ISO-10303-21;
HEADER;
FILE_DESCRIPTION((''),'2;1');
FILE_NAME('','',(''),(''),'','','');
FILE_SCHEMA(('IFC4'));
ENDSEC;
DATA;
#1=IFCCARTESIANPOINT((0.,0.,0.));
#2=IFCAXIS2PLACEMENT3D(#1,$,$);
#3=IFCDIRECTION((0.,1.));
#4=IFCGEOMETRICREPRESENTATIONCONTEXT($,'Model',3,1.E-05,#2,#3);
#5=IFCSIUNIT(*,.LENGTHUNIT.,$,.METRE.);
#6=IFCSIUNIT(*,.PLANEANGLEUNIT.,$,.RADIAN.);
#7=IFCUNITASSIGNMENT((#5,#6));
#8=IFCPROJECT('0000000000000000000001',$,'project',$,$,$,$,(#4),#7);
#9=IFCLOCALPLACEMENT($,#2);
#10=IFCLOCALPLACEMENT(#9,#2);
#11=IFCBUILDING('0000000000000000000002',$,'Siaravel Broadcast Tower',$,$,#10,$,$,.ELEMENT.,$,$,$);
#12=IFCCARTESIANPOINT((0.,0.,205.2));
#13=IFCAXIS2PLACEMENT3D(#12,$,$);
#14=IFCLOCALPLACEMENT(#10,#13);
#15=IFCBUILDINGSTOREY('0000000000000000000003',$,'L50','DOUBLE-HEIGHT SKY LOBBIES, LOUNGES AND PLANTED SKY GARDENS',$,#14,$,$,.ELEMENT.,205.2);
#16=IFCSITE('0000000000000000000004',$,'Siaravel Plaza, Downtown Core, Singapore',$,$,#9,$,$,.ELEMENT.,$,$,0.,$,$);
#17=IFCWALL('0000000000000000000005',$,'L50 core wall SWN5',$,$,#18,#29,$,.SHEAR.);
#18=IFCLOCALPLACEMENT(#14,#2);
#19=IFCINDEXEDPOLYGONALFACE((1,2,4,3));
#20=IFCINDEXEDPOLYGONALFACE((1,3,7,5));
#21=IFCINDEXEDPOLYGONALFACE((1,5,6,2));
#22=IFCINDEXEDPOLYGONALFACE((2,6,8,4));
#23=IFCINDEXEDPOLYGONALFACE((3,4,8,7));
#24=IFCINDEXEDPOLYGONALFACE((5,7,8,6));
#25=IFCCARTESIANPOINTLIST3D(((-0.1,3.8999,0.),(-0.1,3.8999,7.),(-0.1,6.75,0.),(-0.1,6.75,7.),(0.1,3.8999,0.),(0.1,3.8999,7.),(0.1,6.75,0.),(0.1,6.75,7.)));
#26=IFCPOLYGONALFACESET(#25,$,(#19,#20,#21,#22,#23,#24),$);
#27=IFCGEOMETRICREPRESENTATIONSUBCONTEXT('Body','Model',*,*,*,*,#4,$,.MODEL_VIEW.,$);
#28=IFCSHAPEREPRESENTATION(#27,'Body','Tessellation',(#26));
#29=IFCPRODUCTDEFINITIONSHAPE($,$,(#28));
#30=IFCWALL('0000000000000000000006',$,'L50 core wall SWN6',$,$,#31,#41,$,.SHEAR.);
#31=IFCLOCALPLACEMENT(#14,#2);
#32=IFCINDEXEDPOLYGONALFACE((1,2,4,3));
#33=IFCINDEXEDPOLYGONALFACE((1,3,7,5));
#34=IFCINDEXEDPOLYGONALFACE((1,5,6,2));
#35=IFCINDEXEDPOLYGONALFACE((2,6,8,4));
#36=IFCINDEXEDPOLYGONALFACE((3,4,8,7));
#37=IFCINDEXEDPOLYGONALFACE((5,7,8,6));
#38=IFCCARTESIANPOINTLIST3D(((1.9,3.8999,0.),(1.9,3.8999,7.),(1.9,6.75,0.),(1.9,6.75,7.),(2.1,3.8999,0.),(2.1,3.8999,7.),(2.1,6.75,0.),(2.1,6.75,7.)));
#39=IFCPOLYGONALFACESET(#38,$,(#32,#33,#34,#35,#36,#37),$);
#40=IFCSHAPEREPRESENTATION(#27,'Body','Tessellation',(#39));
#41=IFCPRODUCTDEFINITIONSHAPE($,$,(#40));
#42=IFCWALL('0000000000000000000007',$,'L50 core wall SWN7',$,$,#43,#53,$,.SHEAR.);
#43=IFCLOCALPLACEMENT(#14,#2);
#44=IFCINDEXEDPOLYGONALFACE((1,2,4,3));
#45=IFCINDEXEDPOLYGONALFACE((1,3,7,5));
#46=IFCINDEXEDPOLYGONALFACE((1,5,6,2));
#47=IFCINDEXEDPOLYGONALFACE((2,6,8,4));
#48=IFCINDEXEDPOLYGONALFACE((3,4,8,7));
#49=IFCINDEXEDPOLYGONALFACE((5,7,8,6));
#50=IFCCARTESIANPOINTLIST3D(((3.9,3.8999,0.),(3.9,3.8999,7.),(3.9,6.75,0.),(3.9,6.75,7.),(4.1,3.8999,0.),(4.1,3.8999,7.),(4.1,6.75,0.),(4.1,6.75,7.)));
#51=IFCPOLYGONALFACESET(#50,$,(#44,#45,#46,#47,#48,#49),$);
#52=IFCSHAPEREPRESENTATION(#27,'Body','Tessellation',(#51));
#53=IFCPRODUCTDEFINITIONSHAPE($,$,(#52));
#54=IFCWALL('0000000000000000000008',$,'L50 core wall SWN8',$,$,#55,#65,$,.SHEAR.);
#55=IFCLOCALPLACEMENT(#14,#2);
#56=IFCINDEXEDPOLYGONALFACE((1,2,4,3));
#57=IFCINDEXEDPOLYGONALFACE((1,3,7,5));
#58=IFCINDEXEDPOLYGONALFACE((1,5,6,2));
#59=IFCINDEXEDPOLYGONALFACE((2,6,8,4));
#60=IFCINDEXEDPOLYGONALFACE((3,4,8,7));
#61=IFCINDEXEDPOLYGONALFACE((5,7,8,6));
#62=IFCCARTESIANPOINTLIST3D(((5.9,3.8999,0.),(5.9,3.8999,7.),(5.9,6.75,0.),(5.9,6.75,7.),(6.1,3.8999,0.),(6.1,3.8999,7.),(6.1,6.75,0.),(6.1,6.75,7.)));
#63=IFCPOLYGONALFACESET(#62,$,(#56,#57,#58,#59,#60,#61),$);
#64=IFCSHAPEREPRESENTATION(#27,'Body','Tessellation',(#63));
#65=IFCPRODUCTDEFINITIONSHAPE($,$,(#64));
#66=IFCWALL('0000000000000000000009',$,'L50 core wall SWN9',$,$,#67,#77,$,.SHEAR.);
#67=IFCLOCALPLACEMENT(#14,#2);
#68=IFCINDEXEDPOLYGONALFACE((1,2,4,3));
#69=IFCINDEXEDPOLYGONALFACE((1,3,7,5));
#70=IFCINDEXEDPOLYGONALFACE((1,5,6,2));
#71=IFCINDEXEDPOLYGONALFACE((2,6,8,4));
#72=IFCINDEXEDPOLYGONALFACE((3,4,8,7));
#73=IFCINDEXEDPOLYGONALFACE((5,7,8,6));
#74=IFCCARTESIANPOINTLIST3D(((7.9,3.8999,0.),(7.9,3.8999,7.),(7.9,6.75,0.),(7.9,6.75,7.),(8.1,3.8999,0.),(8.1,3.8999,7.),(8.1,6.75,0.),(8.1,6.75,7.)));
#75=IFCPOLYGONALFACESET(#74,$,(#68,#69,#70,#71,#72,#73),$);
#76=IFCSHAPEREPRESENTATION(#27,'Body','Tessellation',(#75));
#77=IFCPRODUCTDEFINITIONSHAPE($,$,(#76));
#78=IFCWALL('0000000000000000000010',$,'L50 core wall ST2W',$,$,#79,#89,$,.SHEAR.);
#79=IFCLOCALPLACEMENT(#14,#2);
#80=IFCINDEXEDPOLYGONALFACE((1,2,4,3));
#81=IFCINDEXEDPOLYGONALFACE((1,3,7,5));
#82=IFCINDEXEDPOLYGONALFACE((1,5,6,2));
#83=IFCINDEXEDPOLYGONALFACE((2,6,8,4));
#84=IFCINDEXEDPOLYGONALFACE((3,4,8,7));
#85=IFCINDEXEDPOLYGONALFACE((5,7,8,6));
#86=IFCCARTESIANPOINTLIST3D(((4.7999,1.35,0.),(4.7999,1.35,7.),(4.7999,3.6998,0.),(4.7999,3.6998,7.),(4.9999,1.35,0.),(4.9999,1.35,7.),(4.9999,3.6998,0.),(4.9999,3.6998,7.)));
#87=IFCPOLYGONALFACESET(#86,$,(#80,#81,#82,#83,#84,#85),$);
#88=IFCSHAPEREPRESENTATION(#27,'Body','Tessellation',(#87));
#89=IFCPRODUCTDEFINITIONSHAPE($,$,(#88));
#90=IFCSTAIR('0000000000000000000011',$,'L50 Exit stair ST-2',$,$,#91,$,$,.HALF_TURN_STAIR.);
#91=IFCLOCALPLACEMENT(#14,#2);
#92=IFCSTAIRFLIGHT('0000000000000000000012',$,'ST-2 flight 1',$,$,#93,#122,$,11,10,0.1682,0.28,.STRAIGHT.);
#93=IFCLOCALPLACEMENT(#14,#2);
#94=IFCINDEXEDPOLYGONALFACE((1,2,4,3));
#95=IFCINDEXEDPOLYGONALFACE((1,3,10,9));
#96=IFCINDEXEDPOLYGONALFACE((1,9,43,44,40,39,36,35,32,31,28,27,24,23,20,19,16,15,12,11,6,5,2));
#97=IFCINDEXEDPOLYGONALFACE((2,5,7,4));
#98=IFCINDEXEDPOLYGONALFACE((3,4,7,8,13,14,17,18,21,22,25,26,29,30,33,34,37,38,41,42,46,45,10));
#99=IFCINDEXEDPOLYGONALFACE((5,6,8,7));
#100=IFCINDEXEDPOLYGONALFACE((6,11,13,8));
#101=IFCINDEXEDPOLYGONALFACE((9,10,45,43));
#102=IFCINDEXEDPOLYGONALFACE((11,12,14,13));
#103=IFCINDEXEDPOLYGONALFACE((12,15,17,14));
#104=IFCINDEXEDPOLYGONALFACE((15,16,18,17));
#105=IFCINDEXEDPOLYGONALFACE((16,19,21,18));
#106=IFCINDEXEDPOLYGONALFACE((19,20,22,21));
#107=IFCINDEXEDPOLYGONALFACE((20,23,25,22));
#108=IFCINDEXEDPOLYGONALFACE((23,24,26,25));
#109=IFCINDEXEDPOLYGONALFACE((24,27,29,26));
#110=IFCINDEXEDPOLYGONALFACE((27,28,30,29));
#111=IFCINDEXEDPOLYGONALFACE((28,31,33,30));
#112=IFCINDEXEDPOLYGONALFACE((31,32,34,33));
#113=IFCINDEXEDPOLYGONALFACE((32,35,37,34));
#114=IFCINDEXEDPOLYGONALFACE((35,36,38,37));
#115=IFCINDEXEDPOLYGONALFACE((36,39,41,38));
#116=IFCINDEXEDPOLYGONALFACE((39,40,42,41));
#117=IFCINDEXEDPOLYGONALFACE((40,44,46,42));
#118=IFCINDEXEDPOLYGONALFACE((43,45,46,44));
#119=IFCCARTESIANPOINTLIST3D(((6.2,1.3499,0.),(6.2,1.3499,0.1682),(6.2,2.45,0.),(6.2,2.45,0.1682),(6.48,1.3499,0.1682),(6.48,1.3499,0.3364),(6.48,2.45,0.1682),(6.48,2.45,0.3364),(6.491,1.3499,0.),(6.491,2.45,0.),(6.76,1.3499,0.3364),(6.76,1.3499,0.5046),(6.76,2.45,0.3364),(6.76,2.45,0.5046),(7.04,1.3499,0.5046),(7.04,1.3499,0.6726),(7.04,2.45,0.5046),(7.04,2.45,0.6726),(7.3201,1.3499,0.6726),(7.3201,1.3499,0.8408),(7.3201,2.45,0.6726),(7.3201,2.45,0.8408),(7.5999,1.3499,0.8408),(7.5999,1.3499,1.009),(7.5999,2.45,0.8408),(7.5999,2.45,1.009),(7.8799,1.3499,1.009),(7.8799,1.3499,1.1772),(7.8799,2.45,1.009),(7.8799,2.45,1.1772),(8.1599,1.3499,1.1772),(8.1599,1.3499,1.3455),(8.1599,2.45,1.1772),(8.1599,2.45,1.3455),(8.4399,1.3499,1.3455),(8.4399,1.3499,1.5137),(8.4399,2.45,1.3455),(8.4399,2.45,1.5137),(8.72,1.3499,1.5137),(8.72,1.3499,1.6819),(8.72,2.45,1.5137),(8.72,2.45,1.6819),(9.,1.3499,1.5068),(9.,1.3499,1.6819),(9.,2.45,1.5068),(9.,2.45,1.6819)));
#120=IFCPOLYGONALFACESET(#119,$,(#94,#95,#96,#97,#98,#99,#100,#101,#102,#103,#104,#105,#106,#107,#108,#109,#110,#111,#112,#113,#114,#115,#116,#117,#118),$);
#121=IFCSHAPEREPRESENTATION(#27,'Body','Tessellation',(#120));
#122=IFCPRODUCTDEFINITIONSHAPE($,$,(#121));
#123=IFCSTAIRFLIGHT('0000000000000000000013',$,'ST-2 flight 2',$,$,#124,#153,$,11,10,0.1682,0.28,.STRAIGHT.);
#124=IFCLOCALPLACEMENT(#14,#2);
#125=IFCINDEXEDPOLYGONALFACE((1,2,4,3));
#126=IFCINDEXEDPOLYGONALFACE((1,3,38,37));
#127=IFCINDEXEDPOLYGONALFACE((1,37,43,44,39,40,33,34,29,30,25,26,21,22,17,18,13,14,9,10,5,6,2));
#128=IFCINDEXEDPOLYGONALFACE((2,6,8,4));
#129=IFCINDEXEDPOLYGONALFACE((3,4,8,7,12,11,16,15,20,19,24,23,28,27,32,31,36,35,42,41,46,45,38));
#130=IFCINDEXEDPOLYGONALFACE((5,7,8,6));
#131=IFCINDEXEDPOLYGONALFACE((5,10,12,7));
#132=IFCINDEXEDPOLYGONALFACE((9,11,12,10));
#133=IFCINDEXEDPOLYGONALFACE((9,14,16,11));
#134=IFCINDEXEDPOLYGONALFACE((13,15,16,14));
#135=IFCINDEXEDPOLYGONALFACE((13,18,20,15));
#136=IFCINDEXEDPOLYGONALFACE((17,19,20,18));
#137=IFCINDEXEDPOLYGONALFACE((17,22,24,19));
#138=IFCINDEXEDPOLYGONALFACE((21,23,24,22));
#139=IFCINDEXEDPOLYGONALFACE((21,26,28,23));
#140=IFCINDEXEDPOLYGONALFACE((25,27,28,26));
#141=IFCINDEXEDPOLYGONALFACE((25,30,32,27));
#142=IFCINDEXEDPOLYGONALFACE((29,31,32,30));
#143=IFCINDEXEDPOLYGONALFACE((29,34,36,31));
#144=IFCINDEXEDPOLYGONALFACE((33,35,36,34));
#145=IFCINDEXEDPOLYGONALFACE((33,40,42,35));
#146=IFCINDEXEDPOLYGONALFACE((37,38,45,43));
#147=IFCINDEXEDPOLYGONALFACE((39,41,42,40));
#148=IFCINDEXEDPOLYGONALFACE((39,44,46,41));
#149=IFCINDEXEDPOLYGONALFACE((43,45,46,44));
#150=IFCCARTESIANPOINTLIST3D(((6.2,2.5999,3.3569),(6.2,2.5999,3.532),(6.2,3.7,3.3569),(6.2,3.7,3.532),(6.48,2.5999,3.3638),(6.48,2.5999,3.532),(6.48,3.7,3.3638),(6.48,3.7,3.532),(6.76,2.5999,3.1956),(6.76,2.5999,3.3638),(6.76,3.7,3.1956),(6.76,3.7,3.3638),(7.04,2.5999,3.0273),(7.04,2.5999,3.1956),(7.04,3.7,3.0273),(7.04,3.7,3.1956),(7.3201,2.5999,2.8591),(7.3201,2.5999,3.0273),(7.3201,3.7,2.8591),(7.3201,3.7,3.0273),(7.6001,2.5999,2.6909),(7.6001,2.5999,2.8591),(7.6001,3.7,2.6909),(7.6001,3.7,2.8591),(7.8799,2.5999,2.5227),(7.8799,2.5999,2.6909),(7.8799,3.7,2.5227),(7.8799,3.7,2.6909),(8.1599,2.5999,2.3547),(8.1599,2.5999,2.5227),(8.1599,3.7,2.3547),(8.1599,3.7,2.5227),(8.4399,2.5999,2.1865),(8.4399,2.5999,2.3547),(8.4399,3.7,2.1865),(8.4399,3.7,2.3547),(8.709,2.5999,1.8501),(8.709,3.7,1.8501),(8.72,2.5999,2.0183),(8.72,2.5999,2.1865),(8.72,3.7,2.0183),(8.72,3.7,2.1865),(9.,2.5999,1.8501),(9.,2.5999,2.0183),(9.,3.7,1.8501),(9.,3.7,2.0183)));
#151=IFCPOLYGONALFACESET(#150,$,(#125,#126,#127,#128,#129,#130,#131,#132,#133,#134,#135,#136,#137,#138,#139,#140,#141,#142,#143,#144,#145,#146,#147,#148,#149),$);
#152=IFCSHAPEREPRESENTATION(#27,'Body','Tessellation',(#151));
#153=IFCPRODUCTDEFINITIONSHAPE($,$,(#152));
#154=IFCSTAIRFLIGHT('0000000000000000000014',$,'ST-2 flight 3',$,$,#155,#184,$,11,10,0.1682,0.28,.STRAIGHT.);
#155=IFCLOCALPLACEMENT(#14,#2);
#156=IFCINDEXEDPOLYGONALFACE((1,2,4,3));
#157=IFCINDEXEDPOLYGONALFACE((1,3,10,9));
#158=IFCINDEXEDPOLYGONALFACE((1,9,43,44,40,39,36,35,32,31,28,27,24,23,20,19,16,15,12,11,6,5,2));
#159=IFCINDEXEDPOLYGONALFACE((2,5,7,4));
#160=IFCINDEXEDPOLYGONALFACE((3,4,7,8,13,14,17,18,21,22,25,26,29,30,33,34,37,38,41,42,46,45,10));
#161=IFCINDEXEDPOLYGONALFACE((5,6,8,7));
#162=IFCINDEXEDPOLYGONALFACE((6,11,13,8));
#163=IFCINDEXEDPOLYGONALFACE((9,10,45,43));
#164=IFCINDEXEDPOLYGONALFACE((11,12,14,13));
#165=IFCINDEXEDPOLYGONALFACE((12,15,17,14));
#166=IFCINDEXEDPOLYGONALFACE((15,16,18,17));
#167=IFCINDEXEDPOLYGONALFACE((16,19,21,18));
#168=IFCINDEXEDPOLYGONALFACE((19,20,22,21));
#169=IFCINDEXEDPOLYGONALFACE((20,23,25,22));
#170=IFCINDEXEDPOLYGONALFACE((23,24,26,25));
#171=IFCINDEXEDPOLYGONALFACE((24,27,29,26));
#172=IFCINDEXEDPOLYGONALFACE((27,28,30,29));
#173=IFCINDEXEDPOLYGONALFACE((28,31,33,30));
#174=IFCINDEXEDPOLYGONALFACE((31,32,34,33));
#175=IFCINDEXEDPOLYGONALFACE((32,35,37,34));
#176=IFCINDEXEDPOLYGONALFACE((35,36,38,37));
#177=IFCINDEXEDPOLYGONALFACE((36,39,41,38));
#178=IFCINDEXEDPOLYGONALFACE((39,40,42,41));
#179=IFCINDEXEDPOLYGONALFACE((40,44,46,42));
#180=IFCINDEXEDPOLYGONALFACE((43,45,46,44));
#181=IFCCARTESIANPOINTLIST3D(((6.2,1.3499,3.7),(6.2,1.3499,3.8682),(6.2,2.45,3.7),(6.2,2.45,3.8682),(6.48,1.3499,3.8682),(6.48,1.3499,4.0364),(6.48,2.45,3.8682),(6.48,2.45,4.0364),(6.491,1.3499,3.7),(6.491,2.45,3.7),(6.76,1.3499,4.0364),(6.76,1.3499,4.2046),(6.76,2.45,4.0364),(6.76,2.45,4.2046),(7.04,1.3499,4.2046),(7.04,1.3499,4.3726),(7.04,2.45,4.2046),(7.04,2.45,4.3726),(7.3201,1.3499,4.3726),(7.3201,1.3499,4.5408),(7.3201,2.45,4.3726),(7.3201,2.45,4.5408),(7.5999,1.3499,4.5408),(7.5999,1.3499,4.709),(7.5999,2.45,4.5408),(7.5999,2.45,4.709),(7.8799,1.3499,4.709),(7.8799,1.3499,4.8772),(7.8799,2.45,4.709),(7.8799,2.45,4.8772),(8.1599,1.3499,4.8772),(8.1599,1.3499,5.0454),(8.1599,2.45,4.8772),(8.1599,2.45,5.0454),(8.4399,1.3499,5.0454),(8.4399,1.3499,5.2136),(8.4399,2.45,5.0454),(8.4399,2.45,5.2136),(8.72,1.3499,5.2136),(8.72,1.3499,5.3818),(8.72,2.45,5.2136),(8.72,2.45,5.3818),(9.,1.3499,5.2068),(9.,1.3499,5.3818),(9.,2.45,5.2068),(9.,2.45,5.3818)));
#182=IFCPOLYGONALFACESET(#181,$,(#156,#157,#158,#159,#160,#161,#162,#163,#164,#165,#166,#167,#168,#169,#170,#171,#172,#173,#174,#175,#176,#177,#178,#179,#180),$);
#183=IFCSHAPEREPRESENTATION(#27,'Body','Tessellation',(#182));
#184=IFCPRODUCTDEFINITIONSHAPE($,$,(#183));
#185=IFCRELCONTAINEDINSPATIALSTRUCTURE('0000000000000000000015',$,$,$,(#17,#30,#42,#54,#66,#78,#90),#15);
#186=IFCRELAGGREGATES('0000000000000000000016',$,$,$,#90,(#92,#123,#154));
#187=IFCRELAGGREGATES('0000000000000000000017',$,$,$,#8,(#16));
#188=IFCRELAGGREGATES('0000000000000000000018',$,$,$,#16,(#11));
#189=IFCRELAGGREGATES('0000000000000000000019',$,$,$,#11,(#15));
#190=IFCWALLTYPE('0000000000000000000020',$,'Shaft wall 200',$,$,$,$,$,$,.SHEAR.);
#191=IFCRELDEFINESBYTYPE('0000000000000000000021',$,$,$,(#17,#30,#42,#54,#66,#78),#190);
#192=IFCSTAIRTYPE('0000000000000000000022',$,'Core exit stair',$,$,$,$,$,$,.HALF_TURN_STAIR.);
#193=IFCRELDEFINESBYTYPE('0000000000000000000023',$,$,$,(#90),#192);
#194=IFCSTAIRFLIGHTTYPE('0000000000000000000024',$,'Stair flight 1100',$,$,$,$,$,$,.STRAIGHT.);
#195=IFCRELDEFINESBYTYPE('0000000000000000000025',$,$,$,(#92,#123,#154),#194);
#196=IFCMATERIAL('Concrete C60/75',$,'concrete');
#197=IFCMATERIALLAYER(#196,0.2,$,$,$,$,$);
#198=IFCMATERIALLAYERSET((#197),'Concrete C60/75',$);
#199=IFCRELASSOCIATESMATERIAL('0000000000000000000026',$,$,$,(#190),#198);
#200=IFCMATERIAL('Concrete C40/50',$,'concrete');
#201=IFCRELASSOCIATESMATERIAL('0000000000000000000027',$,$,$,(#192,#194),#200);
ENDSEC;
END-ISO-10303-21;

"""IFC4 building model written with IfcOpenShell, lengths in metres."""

from ifc_helpers import new_model, si_unit, direction, frame, frame_2d, origin, place, context, subcontext, project, spatial, polyline, rectangle, outline, extrude, material, layer, layer_set, type_object, element, aggregate, save


model = new_model("IFC4")

# Units and contexts
model_context = context("Model", 3, precision=1e-05, world=origin(), true_north=direction((0.0, 1.0)))
body_context = subcontext(model_context, "Body", "Model", "MODEL_VIEW")
ifc_project = project(units=[si_unit("LENGTHUNIT", "METRE"), si_unit("PLANEANGLEUNIT", "RADIAN")], contexts=[model_context])

# Site, building, storey
site_placement = place(None, origin())
site = spatial("IfcSite", under=ifc_project, at=site_placement, Name="Siaravel Plaza, Downtown Core, Singapore", CompositionType="ELEMENT", RefElevation=0.0)
building_placement = place(site_placement, origin())
building = spatial("IfcBuilding", under=site, at=building_placement, Name="Siaravel Broadcast Tower", CompositionType="ELEMENT")
storey_placement = place(building_placement, frame((0.0, 0.0, 205.2)))
storey = spatial("IfcBuildingStorey", under=building, at=storey_placement, Name="L50", Description="DOUBLE-HEIGHT SKY LOBBIES, LOUNGES AND PLANTED SKY GARDENS", CompositionType="ELEMENT", Elevation=205.2)

# Shared definitions
ifc_material_1 = material(Name="Concrete C60/75", Category="concrete")

# Walls
ifc_layer_1 = layer(ifc_material_1, 0.2)
ifc_layer_set_1 = layer_set([ifc_layer_1], Name="Concrete C60/75")
wall_type_1 = type_object("IfcWallType", Name="Shaft wall 200", PredefinedType="SHEAR", material=ifc_layer_set_1)
for number, where, z_axis, x_axis, name in (
    (1, (0.0, 3.8999, 0.0), (0.0, 0.0, 1.0), (0.0, 1.0, 0.0), "L50 core wall SWN5"),
    (2, (2.0, 3.8999, 0.0), (0.0, 0.0, 1.0), (0.0, 1.0, 0.0), "L50 core wall SWN6"),
    (3, (4.0, 3.8999, 0.0), (0.0, 0.0, 1.0), (0.0, 1.0, 0.0), "L50 core wall SWN7"),
    (4, (6.0, 3.8999, 0.0), (0.0, 0.0, 1.0), (0.0, 1.0, 0.0), "L50 core wall SWN8"),
    (5, (8.0, 3.8999, 0.0), (0.0, 0.0, 1.0), (0.0, 1.0, 0.0), "L50 core wall SWN9"),
):
    element("IfcWall", number, at=place(storey_placement, frame(where, z_axis=z_axis, x_axis=x_axis)), inside=storey, type_object=wall_type_1, Name=name, PredefinedType="SHEAR", context=body_context, shape_type="SweptSolid", body=[
        extrude(rectangle(XDim=2.8501, YDim=0.2, at=frame_2d((1.425, 0.0))), origin(), (0.0, 0.0, 1.0), 7.0),
    ])
wall_1_placement = place(storey_placement, frame((4.8999, 1.3501, 0.0), z_axis=(0.0, 0.0, 1.0), x_axis=(0.0, 1.0, 0.0)))
element("IfcWall", 6, at=wall_1_placement, inside=storey, type_object=wall_type_1, Name="L50 core wall ST2W", PredefinedType="SHEAR", context=body_context, shape_type="SweptSolid", body=[
    extrude(rectangle(XDim=2.3499, YDim=0.2, at=frame_2d((1.1748, 0.0))), origin(), (0.0, 0.0, 1.0), 7.0),
])

# Stair, stair flights
ifc_material_2 = material(Name="Concrete C40/50", Category="concrete")
stair_type = type_object("IfcStairType", Name="Core exit stair", PredefinedType="HALF_TURN_STAIR", material=ifc_material_2)
stair_placement = place(storey_placement, origin())
stair = element("IfcStair", 7, at=stair_placement, inside=storey, type_object=stair_type, Name="L50 Exit stair ST-2", PredefinedType="HALF_TURN_STAIR")
stair_flight_type = type_object("IfcStairFlightType", Name="Stair flight 1100", PredefinedType="STRAIGHT", material=ifc_material_2)
stair_flight_1_placement = place(storey_placement, frame((6.2, 1.8999, 0.0), z_axis=(0.0, 0.0, 1.0), x_axis=(1.0, 0.0, 0.0)))
stair_flight_1 = element("IfcStairFlight", 8, at=stair_flight_1_placement, type_object=stair_flight_type, Name="ST-2 flight 1", NumberOfRisers=11, NumberOfTreads=10, PredefinedType="STRAIGHT", RiserHeight=0.1682, TreadLength=0.28, context=body_context, shape_type="SweptSolid", body=[
    extrude(outline(polyline([(0.0, 0.0), (0.0, 0.1682), (0.28, 0.1682), (0.28, 0.3364), (0.5601, 0.3364), (0.5601, 0.5046), (0.8401, 0.5046), (0.8401, 0.6726), (1.1201, 0.6726), (1.1201, 0.8408), (1.3999, 0.8408), (1.3999, 1.009), (1.6799, 1.009), (1.6799, 1.1772), (1.96, 1.1772), (1.96, 1.3455), (2.24, 1.3455), (2.24, 1.5137), (2.52, 1.5137), (2.52, 1.6819), (2.8, 1.6819), (2.8, 1.8501), (2.8, 1.5068), (0.291, 0.0), (0.0, 0.0)])), frame((0.0, 0.55, 0.0), z_axis=(0.0, -1.0, 0.0), x_axis=(1.0, 0.0, 0.0)), (0.0, 0.0, 1.0), 1.1001),
])
stair_flight_2_placement = place(storey_placement, frame((9.0, 3.1499, 1.8501), z_axis=(0.0, 0.0, 1.0), x_axis=(-1.0, 0.0, 0.0)))
stair_flight_2 = element("IfcStairFlight", 9, at=stair_flight_2_placement, type_object=stair_flight_type, Name="ST-2 flight 2", NumberOfRisers=11, NumberOfTreads=10, PredefinedType="STRAIGHT", RiserHeight=0.1682, TreadLength=0.28, context=body_context, shape_type="SweptSolid", body=[
    extrude(outline(polyline([(0.0, 0.0), (0.0, 0.1682), (0.28, 0.1682), (0.28, 0.3364), (0.5601, 0.3364), (0.5601, 0.5046), (0.8401, 0.5046), (0.8401, 0.6726), (1.1201, 0.6726), (1.1201, 0.8408), (1.3999, 0.8408), (1.3999, 1.009), (1.6799, 1.009), (1.6799, 1.1772), (1.96, 1.1772), (1.96, 1.3455), (2.24, 1.3455), (2.24, 1.5137), (2.52, 1.5137), (2.52, 1.6819), (2.8, 1.6819), (2.8, 1.8501), (2.8, 1.5068), (0.291, 0.0), (0.0, 0.0)])), frame((0.0, 0.55, 0.0), z_axis=(0.0, -1.0, 0.0), x_axis=(1.0, 0.0, 0.0)), (0.0, 0.0, 1.0), 1.1001),
])
stair_flight_3_placement = place(storey_placement, frame((6.2, 1.8999, 3.7), z_axis=(0.0, 0.0, 1.0), x_axis=(1.0, 0.0, 0.0)))
stair_flight_3 = element("IfcStairFlight", 10, at=stair_flight_3_placement, type_object=stair_flight_type, Name="ST-2 flight 3", NumberOfRisers=11, NumberOfTreads=10, PredefinedType="STRAIGHT", RiserHeight=0.1682, TreadLength=0.28, context=body_context, shape_type="SweptSolid", body=[
    extrude(outline(polyline([(0.0, 0.0), (0.0, 0.1682), (0.28, 0.1682), (0.28, 0.3364), (0.5601, 0.3364), (0.5601, 0.5046), (0.8401, 0.5046), (0.8401, 0.6726), (1.1201, 0.6726), (1.1201, 0.8408), (1.3999, 0.8408), (1.3999, 1.009), (1.6799, 1.009), (1.6799, 1.1772), (1.96, 1.1772), (1.96, 1.3455), (2.24, 1.3455), (2.24, 1.5137), (2.52, 1.5137), (2.52, 1.6819), (2.8, 1.6819), (2.8, 1.8501), (2.8, 1.5068), (0.291, 0.0), (0.0, 0.0)])), frame((0.0, 0.55, 0.0), z_axis=(0.0, -1.0, 0.0), x_axis=(1.0, 0.0, 0.0)), (0.0, 0.0, 1.0), 1.1001),
])
aggregate(stair, [stair_flight_1, stair_flight_2, stair_flight_3])

save(model, "model.ifc")
